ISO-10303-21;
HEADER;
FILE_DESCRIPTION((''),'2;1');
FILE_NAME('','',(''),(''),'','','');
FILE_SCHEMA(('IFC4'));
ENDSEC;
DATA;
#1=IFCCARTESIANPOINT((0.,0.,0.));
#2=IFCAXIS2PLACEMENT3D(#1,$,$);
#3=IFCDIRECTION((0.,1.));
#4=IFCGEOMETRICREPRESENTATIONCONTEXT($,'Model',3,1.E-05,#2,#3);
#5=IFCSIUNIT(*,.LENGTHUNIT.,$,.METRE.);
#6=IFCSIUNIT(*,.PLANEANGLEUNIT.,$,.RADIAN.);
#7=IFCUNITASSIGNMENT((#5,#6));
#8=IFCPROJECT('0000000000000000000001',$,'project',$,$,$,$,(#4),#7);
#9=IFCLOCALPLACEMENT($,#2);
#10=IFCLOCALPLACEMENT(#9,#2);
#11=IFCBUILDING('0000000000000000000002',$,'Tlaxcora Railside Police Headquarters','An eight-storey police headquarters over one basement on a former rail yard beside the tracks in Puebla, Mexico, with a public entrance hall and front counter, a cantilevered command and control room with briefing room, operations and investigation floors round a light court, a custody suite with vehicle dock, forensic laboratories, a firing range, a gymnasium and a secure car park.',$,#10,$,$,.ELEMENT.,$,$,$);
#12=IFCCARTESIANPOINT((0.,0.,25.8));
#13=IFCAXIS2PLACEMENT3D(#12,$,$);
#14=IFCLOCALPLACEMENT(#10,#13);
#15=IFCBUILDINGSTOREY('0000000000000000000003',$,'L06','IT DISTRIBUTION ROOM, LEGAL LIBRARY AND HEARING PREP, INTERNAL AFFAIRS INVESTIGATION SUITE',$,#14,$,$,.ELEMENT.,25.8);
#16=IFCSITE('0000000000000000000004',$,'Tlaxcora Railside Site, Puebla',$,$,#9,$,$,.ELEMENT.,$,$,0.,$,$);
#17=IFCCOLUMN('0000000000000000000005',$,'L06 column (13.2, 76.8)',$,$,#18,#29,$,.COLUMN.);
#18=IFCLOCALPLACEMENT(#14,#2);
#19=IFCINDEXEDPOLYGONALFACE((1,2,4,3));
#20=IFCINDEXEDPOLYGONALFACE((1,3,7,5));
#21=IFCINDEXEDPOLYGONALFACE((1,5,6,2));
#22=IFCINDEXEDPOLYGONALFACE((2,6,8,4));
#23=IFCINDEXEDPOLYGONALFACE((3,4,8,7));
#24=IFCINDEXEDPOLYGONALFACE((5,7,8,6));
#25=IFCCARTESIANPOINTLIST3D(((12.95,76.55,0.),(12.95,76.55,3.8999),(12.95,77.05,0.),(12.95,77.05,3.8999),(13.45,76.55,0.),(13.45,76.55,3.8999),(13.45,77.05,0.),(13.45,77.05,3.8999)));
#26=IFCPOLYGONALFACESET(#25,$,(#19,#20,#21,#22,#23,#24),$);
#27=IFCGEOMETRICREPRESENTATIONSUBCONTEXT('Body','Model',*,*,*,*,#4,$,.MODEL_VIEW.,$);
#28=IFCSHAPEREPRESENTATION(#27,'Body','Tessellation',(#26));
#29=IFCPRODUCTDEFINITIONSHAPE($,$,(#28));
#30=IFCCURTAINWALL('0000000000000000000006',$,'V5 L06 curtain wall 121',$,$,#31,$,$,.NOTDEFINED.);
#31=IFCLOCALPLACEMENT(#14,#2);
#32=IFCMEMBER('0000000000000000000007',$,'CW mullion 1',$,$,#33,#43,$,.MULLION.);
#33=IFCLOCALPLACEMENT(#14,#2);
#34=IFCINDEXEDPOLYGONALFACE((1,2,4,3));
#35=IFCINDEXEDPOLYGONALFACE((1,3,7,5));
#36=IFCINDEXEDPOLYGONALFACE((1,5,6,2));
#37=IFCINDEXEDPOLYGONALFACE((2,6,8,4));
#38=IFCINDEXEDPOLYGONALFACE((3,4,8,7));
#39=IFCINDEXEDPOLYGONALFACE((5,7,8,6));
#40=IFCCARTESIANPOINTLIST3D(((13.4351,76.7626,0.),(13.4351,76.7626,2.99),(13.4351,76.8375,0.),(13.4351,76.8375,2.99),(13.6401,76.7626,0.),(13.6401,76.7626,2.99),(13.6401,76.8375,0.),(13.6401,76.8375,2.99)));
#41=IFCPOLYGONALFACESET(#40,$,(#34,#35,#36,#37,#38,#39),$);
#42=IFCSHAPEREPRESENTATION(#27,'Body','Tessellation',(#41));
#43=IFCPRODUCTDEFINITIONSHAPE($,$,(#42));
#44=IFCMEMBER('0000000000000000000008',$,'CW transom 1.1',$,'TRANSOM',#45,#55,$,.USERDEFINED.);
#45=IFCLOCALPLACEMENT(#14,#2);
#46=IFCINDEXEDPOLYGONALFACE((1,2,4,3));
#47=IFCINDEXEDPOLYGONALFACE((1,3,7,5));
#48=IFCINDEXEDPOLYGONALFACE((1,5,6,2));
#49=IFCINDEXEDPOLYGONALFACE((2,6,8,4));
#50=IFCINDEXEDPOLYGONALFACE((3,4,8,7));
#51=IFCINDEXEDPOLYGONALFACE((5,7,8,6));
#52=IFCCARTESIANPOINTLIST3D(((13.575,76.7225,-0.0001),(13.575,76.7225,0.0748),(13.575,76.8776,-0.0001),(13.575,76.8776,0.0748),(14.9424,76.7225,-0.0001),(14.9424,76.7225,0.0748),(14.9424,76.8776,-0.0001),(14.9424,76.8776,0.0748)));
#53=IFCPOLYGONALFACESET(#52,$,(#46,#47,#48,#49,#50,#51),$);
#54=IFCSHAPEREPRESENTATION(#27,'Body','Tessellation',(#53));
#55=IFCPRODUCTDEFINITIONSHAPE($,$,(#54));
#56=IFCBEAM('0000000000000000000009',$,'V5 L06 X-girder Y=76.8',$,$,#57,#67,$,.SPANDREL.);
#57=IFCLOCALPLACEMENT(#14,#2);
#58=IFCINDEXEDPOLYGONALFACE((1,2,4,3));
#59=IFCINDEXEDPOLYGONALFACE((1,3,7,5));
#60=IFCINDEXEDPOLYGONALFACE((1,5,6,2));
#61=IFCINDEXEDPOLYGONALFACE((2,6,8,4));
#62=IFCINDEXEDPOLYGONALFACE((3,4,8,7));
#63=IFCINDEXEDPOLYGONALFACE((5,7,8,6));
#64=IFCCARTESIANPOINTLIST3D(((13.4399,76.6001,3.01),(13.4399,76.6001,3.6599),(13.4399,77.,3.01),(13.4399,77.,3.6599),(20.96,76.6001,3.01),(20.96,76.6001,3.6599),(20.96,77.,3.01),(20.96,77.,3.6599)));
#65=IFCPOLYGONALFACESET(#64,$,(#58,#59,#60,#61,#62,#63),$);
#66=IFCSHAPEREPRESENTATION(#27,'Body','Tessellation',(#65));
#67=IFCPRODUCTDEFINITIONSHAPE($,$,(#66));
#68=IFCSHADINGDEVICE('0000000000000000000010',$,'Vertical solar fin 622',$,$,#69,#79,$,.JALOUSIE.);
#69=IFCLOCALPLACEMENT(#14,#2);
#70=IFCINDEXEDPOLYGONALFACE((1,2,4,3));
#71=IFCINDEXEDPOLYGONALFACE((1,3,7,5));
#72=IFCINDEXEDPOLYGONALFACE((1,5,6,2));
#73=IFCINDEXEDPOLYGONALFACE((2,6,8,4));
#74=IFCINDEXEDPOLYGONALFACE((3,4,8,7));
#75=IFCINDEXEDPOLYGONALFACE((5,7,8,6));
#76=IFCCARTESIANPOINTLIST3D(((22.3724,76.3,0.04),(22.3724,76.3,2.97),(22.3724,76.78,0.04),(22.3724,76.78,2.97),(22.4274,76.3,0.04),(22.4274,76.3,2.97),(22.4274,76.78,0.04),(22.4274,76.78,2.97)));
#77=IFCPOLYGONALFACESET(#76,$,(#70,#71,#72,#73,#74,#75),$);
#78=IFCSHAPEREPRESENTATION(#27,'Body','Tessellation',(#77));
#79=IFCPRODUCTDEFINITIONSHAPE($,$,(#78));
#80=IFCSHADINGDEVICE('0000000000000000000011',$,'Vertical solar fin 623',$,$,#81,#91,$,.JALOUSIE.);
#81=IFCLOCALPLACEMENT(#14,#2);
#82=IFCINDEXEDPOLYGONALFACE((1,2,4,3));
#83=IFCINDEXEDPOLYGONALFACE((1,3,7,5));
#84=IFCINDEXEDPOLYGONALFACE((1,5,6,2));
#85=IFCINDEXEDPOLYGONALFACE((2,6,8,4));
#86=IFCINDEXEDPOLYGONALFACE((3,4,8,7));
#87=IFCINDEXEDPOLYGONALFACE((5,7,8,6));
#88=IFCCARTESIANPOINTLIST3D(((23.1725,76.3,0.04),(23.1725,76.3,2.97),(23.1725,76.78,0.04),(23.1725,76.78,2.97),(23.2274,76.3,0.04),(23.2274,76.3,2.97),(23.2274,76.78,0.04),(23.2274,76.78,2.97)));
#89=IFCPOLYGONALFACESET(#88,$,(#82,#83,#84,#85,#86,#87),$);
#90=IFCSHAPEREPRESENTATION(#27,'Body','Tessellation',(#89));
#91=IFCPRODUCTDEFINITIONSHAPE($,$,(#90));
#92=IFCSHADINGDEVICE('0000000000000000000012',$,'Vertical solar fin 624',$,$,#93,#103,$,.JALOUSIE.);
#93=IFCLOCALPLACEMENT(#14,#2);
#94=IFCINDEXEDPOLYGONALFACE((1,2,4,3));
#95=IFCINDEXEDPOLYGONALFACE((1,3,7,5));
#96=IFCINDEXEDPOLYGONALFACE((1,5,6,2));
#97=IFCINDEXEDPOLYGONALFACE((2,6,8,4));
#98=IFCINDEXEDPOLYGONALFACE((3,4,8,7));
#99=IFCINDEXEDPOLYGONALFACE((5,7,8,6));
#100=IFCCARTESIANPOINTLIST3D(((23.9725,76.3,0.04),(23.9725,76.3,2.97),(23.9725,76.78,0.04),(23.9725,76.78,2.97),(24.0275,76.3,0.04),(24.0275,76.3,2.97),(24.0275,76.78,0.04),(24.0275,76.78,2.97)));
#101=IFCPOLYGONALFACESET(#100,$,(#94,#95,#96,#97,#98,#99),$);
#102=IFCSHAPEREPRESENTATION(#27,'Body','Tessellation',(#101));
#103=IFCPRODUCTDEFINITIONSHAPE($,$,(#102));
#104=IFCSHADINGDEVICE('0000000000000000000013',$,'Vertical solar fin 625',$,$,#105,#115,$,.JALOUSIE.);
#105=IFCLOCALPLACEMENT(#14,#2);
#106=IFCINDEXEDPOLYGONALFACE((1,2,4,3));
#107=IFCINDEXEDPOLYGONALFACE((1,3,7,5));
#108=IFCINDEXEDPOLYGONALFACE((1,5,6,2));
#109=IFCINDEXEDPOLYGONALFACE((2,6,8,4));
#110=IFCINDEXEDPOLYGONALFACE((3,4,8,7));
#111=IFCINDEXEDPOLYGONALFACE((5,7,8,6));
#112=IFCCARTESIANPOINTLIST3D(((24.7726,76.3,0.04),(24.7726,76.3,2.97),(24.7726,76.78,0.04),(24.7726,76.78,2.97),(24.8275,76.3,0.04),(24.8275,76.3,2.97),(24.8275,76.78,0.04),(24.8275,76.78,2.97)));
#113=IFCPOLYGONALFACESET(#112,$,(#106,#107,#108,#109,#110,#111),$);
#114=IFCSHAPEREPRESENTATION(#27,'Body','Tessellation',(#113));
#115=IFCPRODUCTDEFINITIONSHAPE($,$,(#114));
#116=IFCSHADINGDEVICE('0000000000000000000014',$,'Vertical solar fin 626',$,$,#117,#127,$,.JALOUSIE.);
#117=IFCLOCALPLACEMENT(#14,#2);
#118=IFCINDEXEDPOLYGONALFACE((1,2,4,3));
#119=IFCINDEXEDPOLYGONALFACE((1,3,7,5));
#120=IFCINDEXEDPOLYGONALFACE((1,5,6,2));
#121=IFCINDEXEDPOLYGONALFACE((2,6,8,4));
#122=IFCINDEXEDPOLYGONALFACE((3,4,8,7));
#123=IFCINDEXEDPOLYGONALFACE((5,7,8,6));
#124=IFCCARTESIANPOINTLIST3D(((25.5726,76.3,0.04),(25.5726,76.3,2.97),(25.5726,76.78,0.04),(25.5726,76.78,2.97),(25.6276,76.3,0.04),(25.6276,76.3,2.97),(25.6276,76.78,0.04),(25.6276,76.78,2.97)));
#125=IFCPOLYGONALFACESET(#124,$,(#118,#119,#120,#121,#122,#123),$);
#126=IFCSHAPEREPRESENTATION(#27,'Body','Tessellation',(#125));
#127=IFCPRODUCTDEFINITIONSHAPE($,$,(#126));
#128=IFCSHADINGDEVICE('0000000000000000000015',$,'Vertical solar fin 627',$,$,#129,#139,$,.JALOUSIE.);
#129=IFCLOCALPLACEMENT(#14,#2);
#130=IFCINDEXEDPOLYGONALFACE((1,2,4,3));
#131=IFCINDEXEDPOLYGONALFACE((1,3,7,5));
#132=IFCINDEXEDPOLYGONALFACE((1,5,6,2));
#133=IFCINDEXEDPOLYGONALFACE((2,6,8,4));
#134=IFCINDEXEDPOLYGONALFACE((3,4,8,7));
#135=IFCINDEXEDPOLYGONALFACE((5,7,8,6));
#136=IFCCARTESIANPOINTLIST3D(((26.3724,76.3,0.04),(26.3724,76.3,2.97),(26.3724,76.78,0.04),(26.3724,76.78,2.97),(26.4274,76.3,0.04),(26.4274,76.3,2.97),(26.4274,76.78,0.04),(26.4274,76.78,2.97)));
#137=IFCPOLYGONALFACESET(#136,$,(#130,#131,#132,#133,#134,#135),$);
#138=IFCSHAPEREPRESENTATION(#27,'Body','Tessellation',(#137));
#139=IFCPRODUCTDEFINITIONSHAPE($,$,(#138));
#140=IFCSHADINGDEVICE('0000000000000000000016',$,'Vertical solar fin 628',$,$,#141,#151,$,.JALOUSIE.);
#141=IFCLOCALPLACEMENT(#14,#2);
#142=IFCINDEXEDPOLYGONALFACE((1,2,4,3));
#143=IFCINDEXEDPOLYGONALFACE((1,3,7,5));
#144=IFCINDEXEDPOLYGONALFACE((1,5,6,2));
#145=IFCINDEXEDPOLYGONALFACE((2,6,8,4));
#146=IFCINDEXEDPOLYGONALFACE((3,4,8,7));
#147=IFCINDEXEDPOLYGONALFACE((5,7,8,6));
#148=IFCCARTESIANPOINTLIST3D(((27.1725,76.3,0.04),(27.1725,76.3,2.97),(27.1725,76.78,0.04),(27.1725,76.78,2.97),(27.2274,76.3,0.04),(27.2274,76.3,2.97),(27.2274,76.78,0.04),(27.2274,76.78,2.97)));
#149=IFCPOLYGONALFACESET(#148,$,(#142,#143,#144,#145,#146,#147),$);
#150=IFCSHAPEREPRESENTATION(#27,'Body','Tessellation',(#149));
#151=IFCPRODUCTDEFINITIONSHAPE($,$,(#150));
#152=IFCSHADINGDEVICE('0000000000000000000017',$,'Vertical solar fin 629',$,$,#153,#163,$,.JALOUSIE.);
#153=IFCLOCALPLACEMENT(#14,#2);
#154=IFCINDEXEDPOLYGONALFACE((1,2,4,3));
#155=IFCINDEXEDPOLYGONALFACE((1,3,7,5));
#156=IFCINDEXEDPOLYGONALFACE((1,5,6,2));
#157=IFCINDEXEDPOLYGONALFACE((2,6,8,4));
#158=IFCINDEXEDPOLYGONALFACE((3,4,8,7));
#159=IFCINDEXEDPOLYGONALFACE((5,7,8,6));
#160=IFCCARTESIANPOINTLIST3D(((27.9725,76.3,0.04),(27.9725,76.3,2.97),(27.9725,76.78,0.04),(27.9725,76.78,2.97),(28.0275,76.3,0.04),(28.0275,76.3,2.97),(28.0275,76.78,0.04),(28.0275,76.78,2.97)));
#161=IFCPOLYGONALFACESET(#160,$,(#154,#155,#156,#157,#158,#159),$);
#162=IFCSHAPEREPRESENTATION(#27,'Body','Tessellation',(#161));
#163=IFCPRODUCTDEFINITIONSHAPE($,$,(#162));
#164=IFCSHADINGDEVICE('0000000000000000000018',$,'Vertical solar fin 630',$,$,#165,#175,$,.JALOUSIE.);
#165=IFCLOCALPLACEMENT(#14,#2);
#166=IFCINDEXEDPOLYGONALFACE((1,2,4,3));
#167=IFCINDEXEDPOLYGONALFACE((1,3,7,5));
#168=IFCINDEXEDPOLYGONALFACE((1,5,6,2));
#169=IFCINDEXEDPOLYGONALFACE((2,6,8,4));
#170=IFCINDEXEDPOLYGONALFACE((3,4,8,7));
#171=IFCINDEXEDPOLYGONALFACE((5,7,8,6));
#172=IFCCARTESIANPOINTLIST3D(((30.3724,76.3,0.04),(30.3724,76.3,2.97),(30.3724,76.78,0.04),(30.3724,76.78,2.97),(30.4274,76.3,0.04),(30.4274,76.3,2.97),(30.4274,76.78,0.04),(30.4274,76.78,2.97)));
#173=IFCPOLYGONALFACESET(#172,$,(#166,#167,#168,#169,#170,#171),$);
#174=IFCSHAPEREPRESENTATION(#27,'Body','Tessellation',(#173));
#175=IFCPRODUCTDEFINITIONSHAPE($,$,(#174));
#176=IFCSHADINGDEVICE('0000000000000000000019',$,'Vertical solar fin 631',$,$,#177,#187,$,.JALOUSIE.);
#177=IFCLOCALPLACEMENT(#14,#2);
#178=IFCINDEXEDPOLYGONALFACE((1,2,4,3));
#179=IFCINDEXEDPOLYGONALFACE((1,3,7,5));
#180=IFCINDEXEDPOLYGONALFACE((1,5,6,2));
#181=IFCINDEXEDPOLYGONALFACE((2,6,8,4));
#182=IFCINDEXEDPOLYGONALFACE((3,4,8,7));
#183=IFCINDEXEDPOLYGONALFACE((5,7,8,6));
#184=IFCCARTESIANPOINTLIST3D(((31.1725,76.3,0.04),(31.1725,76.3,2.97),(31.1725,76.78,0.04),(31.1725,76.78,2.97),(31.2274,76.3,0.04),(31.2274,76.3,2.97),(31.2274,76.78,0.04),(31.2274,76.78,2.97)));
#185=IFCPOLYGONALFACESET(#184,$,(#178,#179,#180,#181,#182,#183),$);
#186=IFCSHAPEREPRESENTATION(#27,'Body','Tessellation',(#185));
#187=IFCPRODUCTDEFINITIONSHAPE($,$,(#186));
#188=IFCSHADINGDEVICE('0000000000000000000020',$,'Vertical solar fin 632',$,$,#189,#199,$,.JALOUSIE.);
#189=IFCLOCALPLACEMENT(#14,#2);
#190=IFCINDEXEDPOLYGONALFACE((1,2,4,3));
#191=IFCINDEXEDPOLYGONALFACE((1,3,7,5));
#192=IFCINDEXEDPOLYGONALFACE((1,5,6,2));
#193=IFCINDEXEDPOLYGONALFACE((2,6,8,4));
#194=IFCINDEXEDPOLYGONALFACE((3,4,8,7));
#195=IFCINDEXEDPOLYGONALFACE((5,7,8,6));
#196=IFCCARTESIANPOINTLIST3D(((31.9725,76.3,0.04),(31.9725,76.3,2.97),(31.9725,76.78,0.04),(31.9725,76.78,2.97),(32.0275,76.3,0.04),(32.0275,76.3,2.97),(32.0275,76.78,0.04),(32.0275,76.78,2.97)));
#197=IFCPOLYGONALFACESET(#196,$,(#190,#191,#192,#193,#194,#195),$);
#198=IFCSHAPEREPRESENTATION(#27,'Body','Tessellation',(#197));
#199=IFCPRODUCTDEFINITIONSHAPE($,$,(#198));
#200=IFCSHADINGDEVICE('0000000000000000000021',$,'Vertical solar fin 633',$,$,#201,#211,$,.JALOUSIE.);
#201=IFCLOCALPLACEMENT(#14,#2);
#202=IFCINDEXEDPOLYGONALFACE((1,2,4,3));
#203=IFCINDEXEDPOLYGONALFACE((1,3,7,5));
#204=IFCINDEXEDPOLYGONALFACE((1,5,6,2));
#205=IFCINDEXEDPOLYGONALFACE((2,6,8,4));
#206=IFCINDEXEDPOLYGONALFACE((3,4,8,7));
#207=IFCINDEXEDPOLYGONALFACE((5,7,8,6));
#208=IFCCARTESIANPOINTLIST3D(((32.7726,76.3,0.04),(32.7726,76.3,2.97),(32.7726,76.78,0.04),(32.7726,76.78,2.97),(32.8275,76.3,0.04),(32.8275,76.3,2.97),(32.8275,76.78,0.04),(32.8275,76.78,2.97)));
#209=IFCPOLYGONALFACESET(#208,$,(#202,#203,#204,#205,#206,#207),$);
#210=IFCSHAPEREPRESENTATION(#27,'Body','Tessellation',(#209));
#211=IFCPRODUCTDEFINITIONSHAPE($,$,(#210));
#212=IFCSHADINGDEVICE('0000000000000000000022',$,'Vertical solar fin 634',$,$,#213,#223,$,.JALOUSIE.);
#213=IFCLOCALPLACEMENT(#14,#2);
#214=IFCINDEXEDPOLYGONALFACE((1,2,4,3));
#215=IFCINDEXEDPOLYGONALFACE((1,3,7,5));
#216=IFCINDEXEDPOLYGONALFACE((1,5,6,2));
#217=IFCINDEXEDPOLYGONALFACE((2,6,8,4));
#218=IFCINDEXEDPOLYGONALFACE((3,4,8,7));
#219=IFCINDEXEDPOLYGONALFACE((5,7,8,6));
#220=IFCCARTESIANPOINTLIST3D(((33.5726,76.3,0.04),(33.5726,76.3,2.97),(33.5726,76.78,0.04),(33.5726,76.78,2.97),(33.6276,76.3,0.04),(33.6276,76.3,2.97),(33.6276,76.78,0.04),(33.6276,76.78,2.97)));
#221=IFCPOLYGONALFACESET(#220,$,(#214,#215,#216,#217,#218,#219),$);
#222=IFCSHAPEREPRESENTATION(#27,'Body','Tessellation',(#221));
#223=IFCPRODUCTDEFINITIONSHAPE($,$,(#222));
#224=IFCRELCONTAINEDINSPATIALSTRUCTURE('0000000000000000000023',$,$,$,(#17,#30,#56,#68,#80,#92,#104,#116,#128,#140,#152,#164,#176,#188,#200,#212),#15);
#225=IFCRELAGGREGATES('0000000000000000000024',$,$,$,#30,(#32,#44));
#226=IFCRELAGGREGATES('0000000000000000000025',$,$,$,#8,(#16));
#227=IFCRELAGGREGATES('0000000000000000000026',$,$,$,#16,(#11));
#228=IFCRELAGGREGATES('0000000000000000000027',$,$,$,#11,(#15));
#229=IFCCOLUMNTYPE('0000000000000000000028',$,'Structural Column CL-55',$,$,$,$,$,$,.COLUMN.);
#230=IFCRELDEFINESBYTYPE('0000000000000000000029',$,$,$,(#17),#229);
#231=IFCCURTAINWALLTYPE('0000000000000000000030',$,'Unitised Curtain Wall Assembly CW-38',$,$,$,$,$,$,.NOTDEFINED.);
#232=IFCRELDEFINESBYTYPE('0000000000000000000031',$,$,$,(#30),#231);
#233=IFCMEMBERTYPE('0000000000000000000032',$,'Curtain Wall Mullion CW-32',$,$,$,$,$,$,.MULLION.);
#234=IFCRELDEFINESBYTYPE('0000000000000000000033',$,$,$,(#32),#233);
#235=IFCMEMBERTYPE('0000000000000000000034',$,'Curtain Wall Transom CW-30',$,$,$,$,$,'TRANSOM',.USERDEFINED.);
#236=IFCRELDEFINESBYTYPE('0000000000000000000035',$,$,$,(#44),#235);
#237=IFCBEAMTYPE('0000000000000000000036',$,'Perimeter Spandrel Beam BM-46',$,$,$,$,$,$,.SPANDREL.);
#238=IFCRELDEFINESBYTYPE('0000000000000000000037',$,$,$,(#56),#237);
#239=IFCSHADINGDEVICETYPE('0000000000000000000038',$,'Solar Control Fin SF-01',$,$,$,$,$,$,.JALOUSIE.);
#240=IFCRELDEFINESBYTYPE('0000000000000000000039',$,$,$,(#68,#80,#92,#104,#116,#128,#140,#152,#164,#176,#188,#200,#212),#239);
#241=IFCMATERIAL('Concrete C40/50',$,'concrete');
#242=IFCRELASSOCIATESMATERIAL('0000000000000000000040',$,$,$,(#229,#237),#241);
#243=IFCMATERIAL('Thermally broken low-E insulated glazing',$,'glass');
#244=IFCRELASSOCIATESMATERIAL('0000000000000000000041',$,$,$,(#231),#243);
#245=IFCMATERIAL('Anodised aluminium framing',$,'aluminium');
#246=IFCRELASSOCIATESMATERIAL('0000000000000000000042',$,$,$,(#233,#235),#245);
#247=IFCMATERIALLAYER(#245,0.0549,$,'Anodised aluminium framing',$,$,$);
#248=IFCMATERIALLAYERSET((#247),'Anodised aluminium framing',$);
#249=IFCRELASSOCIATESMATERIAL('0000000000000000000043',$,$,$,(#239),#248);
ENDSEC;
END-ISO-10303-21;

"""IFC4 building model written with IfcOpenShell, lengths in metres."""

from ifc_helpers import new_model, si_unit, direction, frame, origin, origin_2d, place, context, subcontext, project, spatial, rectangle, extrude, material, layer, layer_set, material_profile, profile_set, type_object, element, aggregate, save


model = new_model("IFC4")

# Units and contexts
model_context = context("Model", 3, precision=1e-05, world=origin(), true_north=direction((0.0, 1.0)))
body_context = subcontext(model_context, "Body", "Model", "MODEL_VIEW")
ifc_project = project(units=[si_unit("LENGTHUNIT", "METRE"), si_unit("PLANEANGLEUNIT", "RADIAN")], contexts=[model_context])

# Site, building, storey
site_placement = place(None, origin())
site = spatial("IfcSite", under=ifc_project, at=site_placement, Name="Tlaxcora Railside Site, Puebla", CompositionType="ELEMENT", RefElevation=0.0)
building_placement = place(site_placement, origin())
building = spatial("IfcBuilding", under=site, at=building_placement, Name="Tlaxcora Railside Police Headquarters", Description="An eight-storey police headquarters over one basement on a former rail yard beside the tracks in Puebla, Mexico, with a public entrance hall and front counter, a cantilevered command and control room with briefing room, operations and investigation floors round a light court, a custody suite with vehicle dock, forensic laboratories, a firing range, a gymnasium and a secure car park.", CompositionType="ELEMENT")
storey_placement = place(building_placement, frame((0.0, 0.0, 25.8)))
storey = spatial("IfcBuildingStorey", under=building, at=storey_placement, Name="L06", Description="IT DISTRIBUTION ROOM, LEGAL LIBRARY AND HEARING PREP, INTERNAL AFFAIRS INVESTIGATION SUITE", CompositionType="ELEMENT", Elevation=25.8)

# Column
ifc_material_1 = material(Name="Concrete C40/50", Category="concrete")
ifc_material_profile_1 = material_profile(ifc_material_1, rectangle(XDim=0.5, YDim=0.5, at=origin_2d()), Name="RC500X500")
ifc_profile_set_1 = profile_set([ifc_material_profile_1], Name="Concrete C40/50")
column_type = type_object("IfcColumnType", Name="Structural Column CL-55", PredefinedType="COLUMN", material=ifc_profile_set_1)
column_placement = place(storey_placement, frame((13.2, 76.8, 0.0), z_axis=(0.0, 0.0, 1.0), x_axis=(1.0, 0.0, 0.0)))
element("IfcColumn", 1, at=column_placement, inside=storey, type_object=column_type, Name="L06 column (13.2, 76.8)", PredefinedType="COLUMN", context=body_context, shape_type="SweptSolid", body=[
    extrude(rectangle(XDim=0.5, YDim=0.5, at=origin_2d()), origin(), (0.0, 0.0, 1.0), 3.8999),
])

# Curtain wall, members
ifc_material_2 = material(Name="Thermally broken low-E insulated glazing", Category="glass")
curtain_wall_type = type_object("IfcCurtainWallType", Name="Unitised Curtain Wall Assembly CW-38", PredefinedType="NOTDEFINED", material=ifc_material_2)
curtain_wall_placement = place(storey_placement, origin())
curtain_wall = element("IfcCurtainWall", 2, at=curtain_wall_placement, inside=storey, type_object=curtain_wall_type, Name="V5 L06 curtain wall 121", PredefinedType="NOTDEFINED")
ifc_material_3 = material(Name="Anodised aluminium framing", Category="aluminium")
ifc_material_profile_2 = material_profile(ifc_material_3, rectangle(XDim=0.075, YDim=0.2051, at=origin_2d()), Name="AL75X205")
ifc_profile_set_2 = profile_set([ifc_material_profile_2], Name="Anodised aluminium framing")
member_type_1 = type_object("IfcMemberType", Name="Curtain Wall Mullion CW-32", PredefinedType="MULLION", material=ifc_profile_set_2)
member_1_placement = place(storey_placement, frame((13.5376, 76.8, 0.0), z_axis=(0.0, 0.0, 1.0), x_axis=(0.0, 1.0, 0.0)))
member_1 = element("IfcMember", 3, at=member_1_placement, type_object=member_type_1, Name="CW mullion 1", PredefinedType="MULLION", context=body_context, shape_type="SweptSolid", body=[
    extrude(rectangle(XDim=0.075, YDim=0.2051, at=origin_2d()), origin(), (0.0, 0.0, 1.0), 2.99),
])
ifc_material_profile_3 = material_profile(ifc_material_3, rectangle(XDim=0.155, YDim=0.075, at=origin_2d()), Name="AL75X155")
ifc_profile_set_3 = profile_set([ifc_material_profile_3], Name="Anodised aluminium framing")
member_type_2 = type_object("IfcMemberType", Name="Curtain Wall Transom CW-30", ElementType="TRANSOM", PredefinedType="USERDEFINED", material=ifc_profile_set_3)
member_2_placement = place(storey_placement, frame((13.575, 76.8, 0.0374), z_axis=(1.0, 0.0, 0.0), x_axis=(0.0, 1.0, 0.0)))
member_2 = element("IfcMember", 4, at=member_2_placement, type_object=member_type_2, Name="CW transom 1.1", ObjectType="TRANSOM", PredefinedType="USERDEFINED", context=body_context, shape_type="SweptSolid", body=[
    extrude(rectangle(XDim=0.155, YDim=0.075, at=origin_2d()), origin(), (0.0, 0.0, 1.0), 1.3674),
])
aggregate(curtain_wall, [member_1, member_2])

# Beam
ifc_material_profile_4 = material_profile(ifc_material_1, rectangle(XDim=0.3999, YDim=0.6499, at=origin_2d()), Name="RC400X650")
ifc_profile_set_4 = profile_set([ifc_material_profile_4], Name="Concrete C40/50")
beam_type = type_object("IfcBeamType", Name="Perimeter Spandrel Beam BM-46", PredefinedType="SPANDREL", material=ifc_profile_set_4)
beam_placement = place(storey_placement, frame((13.4399, 76.8, 3.335), z_axis=(1.0, 0.0, 0.0), x_axis=(0.0, 1.0, 0.0)))
element("IfcBeam", 5, at=beam_placement, inside=storey, type_object=beam_type, Name="V5 L06 X-girder Y=76.8", PredefinedType="SPANDREL", context=body_context, shape_type="SweptSolid", body=[
    extrude(rectangle(XDim=0.3999, YDim=0.6499, at=origin_2d()), origin(), (0.0, 0.0, 1.0), 7.52),
])

# Shading devices
ifc_layer = layer(ifc_material_3, 0.0549, Name="Anodised aluminium framing")
ifc_layer_set = layer_set([ifc_layer], Name="Anodised aluminium framing")
shading_device_type = type_object("IfcShadingDeviceType", Name="Solar Control Fin SF-01", PredefinedType="JALOUSIE", material=ifc_layer_set)
for number, where, z_axis, x_axis, name in (
    (6, (22.3999, 76.54, 0.04), (0.0, 0.0, 1.0), (0.0, -1.0, 0.0), "Vertical solar fin 622"),
    (7, (23.2, 76.54, 0.04), (0.0, 0.0, 1.0), (0.0, -1.0, 0.0), "Vertical solar fin 623"),
    (8, (24.0, 76.54, 0.04), (0.0, 0.0, 1.0), (0.0, -1.0, 0.0), "Vertical solar fin 624"),
    (9, (24.8, 76.54, 0.04), (0.0, 0.0, 1.0), (0.0, -1.0, 0.0), "Vertical solar fin 625"),
    (10, (25.6001, 76.54, 0.04), (0.0, 0.0, 1.0), (0.0, -1.0, 0.0), "Vertical solar fin 626"),
    (11, (26.3999, 76.54, 0.04), (0.0, 0.0, 1.0), (0.0, -1.0, 0.0), "Vertical solar fin 627"),
    (12, (27.2, 76.54, 0.04), (0.0, 0.0, 1.0), (0.0, -1.0, 0.0), "Vertical solar fin 628"),
    (13, (28.0, 76.54, 0.04), (0.0, 0.0, 1.0), (0.0, -1.0, 0.0), "Vertical solar fin 629"),
    (14, (30.3999, 76.54, 0.04), (0.0, 0.0, 1.0), (0.0, -1.0, 0.0), "Vertical solar fin 630"),
    (15, (31.2, 76.54, 0.04), (0.0, 0.0, 1.0), (0.0, -1.0, 0.0), "Vertical solar fin 631"),
    (16, (32.0, 76.54, 0.04), (0.0, 0.0, 1.0), (0.0, -1.0, 0.0), "Vertical solar fin 632"),
    (17, (32.8, 76.54, 0.04), (0.0, 0.0, 1.0), (0.0, -1.0, 0.0), "Vertical solar fin 633"),
    (18, (33.6001, 76.54, 0.04), (0.0, 0.0, 1.0), (0.0, -1.0, 0.0), "Vertical solar fin 634"),
):
    element("IfcShadingDevice", number, at=place(storey_placement, frame(where, z_axis=z_axis, x_axis=x_axis)), inside=storey, type_object=shading_device_type, Name=name, PredefinedType="JALOUSIE", context=body_context, shape_type="SweptSolid", body=[
        extrude(rectangle(XDim=0.48, YDim=0.0549, at=origin_2d()), origin(), (0.0, 0.0, 1.0), 2.9299),
    ])

save(model, "model.ifc")
